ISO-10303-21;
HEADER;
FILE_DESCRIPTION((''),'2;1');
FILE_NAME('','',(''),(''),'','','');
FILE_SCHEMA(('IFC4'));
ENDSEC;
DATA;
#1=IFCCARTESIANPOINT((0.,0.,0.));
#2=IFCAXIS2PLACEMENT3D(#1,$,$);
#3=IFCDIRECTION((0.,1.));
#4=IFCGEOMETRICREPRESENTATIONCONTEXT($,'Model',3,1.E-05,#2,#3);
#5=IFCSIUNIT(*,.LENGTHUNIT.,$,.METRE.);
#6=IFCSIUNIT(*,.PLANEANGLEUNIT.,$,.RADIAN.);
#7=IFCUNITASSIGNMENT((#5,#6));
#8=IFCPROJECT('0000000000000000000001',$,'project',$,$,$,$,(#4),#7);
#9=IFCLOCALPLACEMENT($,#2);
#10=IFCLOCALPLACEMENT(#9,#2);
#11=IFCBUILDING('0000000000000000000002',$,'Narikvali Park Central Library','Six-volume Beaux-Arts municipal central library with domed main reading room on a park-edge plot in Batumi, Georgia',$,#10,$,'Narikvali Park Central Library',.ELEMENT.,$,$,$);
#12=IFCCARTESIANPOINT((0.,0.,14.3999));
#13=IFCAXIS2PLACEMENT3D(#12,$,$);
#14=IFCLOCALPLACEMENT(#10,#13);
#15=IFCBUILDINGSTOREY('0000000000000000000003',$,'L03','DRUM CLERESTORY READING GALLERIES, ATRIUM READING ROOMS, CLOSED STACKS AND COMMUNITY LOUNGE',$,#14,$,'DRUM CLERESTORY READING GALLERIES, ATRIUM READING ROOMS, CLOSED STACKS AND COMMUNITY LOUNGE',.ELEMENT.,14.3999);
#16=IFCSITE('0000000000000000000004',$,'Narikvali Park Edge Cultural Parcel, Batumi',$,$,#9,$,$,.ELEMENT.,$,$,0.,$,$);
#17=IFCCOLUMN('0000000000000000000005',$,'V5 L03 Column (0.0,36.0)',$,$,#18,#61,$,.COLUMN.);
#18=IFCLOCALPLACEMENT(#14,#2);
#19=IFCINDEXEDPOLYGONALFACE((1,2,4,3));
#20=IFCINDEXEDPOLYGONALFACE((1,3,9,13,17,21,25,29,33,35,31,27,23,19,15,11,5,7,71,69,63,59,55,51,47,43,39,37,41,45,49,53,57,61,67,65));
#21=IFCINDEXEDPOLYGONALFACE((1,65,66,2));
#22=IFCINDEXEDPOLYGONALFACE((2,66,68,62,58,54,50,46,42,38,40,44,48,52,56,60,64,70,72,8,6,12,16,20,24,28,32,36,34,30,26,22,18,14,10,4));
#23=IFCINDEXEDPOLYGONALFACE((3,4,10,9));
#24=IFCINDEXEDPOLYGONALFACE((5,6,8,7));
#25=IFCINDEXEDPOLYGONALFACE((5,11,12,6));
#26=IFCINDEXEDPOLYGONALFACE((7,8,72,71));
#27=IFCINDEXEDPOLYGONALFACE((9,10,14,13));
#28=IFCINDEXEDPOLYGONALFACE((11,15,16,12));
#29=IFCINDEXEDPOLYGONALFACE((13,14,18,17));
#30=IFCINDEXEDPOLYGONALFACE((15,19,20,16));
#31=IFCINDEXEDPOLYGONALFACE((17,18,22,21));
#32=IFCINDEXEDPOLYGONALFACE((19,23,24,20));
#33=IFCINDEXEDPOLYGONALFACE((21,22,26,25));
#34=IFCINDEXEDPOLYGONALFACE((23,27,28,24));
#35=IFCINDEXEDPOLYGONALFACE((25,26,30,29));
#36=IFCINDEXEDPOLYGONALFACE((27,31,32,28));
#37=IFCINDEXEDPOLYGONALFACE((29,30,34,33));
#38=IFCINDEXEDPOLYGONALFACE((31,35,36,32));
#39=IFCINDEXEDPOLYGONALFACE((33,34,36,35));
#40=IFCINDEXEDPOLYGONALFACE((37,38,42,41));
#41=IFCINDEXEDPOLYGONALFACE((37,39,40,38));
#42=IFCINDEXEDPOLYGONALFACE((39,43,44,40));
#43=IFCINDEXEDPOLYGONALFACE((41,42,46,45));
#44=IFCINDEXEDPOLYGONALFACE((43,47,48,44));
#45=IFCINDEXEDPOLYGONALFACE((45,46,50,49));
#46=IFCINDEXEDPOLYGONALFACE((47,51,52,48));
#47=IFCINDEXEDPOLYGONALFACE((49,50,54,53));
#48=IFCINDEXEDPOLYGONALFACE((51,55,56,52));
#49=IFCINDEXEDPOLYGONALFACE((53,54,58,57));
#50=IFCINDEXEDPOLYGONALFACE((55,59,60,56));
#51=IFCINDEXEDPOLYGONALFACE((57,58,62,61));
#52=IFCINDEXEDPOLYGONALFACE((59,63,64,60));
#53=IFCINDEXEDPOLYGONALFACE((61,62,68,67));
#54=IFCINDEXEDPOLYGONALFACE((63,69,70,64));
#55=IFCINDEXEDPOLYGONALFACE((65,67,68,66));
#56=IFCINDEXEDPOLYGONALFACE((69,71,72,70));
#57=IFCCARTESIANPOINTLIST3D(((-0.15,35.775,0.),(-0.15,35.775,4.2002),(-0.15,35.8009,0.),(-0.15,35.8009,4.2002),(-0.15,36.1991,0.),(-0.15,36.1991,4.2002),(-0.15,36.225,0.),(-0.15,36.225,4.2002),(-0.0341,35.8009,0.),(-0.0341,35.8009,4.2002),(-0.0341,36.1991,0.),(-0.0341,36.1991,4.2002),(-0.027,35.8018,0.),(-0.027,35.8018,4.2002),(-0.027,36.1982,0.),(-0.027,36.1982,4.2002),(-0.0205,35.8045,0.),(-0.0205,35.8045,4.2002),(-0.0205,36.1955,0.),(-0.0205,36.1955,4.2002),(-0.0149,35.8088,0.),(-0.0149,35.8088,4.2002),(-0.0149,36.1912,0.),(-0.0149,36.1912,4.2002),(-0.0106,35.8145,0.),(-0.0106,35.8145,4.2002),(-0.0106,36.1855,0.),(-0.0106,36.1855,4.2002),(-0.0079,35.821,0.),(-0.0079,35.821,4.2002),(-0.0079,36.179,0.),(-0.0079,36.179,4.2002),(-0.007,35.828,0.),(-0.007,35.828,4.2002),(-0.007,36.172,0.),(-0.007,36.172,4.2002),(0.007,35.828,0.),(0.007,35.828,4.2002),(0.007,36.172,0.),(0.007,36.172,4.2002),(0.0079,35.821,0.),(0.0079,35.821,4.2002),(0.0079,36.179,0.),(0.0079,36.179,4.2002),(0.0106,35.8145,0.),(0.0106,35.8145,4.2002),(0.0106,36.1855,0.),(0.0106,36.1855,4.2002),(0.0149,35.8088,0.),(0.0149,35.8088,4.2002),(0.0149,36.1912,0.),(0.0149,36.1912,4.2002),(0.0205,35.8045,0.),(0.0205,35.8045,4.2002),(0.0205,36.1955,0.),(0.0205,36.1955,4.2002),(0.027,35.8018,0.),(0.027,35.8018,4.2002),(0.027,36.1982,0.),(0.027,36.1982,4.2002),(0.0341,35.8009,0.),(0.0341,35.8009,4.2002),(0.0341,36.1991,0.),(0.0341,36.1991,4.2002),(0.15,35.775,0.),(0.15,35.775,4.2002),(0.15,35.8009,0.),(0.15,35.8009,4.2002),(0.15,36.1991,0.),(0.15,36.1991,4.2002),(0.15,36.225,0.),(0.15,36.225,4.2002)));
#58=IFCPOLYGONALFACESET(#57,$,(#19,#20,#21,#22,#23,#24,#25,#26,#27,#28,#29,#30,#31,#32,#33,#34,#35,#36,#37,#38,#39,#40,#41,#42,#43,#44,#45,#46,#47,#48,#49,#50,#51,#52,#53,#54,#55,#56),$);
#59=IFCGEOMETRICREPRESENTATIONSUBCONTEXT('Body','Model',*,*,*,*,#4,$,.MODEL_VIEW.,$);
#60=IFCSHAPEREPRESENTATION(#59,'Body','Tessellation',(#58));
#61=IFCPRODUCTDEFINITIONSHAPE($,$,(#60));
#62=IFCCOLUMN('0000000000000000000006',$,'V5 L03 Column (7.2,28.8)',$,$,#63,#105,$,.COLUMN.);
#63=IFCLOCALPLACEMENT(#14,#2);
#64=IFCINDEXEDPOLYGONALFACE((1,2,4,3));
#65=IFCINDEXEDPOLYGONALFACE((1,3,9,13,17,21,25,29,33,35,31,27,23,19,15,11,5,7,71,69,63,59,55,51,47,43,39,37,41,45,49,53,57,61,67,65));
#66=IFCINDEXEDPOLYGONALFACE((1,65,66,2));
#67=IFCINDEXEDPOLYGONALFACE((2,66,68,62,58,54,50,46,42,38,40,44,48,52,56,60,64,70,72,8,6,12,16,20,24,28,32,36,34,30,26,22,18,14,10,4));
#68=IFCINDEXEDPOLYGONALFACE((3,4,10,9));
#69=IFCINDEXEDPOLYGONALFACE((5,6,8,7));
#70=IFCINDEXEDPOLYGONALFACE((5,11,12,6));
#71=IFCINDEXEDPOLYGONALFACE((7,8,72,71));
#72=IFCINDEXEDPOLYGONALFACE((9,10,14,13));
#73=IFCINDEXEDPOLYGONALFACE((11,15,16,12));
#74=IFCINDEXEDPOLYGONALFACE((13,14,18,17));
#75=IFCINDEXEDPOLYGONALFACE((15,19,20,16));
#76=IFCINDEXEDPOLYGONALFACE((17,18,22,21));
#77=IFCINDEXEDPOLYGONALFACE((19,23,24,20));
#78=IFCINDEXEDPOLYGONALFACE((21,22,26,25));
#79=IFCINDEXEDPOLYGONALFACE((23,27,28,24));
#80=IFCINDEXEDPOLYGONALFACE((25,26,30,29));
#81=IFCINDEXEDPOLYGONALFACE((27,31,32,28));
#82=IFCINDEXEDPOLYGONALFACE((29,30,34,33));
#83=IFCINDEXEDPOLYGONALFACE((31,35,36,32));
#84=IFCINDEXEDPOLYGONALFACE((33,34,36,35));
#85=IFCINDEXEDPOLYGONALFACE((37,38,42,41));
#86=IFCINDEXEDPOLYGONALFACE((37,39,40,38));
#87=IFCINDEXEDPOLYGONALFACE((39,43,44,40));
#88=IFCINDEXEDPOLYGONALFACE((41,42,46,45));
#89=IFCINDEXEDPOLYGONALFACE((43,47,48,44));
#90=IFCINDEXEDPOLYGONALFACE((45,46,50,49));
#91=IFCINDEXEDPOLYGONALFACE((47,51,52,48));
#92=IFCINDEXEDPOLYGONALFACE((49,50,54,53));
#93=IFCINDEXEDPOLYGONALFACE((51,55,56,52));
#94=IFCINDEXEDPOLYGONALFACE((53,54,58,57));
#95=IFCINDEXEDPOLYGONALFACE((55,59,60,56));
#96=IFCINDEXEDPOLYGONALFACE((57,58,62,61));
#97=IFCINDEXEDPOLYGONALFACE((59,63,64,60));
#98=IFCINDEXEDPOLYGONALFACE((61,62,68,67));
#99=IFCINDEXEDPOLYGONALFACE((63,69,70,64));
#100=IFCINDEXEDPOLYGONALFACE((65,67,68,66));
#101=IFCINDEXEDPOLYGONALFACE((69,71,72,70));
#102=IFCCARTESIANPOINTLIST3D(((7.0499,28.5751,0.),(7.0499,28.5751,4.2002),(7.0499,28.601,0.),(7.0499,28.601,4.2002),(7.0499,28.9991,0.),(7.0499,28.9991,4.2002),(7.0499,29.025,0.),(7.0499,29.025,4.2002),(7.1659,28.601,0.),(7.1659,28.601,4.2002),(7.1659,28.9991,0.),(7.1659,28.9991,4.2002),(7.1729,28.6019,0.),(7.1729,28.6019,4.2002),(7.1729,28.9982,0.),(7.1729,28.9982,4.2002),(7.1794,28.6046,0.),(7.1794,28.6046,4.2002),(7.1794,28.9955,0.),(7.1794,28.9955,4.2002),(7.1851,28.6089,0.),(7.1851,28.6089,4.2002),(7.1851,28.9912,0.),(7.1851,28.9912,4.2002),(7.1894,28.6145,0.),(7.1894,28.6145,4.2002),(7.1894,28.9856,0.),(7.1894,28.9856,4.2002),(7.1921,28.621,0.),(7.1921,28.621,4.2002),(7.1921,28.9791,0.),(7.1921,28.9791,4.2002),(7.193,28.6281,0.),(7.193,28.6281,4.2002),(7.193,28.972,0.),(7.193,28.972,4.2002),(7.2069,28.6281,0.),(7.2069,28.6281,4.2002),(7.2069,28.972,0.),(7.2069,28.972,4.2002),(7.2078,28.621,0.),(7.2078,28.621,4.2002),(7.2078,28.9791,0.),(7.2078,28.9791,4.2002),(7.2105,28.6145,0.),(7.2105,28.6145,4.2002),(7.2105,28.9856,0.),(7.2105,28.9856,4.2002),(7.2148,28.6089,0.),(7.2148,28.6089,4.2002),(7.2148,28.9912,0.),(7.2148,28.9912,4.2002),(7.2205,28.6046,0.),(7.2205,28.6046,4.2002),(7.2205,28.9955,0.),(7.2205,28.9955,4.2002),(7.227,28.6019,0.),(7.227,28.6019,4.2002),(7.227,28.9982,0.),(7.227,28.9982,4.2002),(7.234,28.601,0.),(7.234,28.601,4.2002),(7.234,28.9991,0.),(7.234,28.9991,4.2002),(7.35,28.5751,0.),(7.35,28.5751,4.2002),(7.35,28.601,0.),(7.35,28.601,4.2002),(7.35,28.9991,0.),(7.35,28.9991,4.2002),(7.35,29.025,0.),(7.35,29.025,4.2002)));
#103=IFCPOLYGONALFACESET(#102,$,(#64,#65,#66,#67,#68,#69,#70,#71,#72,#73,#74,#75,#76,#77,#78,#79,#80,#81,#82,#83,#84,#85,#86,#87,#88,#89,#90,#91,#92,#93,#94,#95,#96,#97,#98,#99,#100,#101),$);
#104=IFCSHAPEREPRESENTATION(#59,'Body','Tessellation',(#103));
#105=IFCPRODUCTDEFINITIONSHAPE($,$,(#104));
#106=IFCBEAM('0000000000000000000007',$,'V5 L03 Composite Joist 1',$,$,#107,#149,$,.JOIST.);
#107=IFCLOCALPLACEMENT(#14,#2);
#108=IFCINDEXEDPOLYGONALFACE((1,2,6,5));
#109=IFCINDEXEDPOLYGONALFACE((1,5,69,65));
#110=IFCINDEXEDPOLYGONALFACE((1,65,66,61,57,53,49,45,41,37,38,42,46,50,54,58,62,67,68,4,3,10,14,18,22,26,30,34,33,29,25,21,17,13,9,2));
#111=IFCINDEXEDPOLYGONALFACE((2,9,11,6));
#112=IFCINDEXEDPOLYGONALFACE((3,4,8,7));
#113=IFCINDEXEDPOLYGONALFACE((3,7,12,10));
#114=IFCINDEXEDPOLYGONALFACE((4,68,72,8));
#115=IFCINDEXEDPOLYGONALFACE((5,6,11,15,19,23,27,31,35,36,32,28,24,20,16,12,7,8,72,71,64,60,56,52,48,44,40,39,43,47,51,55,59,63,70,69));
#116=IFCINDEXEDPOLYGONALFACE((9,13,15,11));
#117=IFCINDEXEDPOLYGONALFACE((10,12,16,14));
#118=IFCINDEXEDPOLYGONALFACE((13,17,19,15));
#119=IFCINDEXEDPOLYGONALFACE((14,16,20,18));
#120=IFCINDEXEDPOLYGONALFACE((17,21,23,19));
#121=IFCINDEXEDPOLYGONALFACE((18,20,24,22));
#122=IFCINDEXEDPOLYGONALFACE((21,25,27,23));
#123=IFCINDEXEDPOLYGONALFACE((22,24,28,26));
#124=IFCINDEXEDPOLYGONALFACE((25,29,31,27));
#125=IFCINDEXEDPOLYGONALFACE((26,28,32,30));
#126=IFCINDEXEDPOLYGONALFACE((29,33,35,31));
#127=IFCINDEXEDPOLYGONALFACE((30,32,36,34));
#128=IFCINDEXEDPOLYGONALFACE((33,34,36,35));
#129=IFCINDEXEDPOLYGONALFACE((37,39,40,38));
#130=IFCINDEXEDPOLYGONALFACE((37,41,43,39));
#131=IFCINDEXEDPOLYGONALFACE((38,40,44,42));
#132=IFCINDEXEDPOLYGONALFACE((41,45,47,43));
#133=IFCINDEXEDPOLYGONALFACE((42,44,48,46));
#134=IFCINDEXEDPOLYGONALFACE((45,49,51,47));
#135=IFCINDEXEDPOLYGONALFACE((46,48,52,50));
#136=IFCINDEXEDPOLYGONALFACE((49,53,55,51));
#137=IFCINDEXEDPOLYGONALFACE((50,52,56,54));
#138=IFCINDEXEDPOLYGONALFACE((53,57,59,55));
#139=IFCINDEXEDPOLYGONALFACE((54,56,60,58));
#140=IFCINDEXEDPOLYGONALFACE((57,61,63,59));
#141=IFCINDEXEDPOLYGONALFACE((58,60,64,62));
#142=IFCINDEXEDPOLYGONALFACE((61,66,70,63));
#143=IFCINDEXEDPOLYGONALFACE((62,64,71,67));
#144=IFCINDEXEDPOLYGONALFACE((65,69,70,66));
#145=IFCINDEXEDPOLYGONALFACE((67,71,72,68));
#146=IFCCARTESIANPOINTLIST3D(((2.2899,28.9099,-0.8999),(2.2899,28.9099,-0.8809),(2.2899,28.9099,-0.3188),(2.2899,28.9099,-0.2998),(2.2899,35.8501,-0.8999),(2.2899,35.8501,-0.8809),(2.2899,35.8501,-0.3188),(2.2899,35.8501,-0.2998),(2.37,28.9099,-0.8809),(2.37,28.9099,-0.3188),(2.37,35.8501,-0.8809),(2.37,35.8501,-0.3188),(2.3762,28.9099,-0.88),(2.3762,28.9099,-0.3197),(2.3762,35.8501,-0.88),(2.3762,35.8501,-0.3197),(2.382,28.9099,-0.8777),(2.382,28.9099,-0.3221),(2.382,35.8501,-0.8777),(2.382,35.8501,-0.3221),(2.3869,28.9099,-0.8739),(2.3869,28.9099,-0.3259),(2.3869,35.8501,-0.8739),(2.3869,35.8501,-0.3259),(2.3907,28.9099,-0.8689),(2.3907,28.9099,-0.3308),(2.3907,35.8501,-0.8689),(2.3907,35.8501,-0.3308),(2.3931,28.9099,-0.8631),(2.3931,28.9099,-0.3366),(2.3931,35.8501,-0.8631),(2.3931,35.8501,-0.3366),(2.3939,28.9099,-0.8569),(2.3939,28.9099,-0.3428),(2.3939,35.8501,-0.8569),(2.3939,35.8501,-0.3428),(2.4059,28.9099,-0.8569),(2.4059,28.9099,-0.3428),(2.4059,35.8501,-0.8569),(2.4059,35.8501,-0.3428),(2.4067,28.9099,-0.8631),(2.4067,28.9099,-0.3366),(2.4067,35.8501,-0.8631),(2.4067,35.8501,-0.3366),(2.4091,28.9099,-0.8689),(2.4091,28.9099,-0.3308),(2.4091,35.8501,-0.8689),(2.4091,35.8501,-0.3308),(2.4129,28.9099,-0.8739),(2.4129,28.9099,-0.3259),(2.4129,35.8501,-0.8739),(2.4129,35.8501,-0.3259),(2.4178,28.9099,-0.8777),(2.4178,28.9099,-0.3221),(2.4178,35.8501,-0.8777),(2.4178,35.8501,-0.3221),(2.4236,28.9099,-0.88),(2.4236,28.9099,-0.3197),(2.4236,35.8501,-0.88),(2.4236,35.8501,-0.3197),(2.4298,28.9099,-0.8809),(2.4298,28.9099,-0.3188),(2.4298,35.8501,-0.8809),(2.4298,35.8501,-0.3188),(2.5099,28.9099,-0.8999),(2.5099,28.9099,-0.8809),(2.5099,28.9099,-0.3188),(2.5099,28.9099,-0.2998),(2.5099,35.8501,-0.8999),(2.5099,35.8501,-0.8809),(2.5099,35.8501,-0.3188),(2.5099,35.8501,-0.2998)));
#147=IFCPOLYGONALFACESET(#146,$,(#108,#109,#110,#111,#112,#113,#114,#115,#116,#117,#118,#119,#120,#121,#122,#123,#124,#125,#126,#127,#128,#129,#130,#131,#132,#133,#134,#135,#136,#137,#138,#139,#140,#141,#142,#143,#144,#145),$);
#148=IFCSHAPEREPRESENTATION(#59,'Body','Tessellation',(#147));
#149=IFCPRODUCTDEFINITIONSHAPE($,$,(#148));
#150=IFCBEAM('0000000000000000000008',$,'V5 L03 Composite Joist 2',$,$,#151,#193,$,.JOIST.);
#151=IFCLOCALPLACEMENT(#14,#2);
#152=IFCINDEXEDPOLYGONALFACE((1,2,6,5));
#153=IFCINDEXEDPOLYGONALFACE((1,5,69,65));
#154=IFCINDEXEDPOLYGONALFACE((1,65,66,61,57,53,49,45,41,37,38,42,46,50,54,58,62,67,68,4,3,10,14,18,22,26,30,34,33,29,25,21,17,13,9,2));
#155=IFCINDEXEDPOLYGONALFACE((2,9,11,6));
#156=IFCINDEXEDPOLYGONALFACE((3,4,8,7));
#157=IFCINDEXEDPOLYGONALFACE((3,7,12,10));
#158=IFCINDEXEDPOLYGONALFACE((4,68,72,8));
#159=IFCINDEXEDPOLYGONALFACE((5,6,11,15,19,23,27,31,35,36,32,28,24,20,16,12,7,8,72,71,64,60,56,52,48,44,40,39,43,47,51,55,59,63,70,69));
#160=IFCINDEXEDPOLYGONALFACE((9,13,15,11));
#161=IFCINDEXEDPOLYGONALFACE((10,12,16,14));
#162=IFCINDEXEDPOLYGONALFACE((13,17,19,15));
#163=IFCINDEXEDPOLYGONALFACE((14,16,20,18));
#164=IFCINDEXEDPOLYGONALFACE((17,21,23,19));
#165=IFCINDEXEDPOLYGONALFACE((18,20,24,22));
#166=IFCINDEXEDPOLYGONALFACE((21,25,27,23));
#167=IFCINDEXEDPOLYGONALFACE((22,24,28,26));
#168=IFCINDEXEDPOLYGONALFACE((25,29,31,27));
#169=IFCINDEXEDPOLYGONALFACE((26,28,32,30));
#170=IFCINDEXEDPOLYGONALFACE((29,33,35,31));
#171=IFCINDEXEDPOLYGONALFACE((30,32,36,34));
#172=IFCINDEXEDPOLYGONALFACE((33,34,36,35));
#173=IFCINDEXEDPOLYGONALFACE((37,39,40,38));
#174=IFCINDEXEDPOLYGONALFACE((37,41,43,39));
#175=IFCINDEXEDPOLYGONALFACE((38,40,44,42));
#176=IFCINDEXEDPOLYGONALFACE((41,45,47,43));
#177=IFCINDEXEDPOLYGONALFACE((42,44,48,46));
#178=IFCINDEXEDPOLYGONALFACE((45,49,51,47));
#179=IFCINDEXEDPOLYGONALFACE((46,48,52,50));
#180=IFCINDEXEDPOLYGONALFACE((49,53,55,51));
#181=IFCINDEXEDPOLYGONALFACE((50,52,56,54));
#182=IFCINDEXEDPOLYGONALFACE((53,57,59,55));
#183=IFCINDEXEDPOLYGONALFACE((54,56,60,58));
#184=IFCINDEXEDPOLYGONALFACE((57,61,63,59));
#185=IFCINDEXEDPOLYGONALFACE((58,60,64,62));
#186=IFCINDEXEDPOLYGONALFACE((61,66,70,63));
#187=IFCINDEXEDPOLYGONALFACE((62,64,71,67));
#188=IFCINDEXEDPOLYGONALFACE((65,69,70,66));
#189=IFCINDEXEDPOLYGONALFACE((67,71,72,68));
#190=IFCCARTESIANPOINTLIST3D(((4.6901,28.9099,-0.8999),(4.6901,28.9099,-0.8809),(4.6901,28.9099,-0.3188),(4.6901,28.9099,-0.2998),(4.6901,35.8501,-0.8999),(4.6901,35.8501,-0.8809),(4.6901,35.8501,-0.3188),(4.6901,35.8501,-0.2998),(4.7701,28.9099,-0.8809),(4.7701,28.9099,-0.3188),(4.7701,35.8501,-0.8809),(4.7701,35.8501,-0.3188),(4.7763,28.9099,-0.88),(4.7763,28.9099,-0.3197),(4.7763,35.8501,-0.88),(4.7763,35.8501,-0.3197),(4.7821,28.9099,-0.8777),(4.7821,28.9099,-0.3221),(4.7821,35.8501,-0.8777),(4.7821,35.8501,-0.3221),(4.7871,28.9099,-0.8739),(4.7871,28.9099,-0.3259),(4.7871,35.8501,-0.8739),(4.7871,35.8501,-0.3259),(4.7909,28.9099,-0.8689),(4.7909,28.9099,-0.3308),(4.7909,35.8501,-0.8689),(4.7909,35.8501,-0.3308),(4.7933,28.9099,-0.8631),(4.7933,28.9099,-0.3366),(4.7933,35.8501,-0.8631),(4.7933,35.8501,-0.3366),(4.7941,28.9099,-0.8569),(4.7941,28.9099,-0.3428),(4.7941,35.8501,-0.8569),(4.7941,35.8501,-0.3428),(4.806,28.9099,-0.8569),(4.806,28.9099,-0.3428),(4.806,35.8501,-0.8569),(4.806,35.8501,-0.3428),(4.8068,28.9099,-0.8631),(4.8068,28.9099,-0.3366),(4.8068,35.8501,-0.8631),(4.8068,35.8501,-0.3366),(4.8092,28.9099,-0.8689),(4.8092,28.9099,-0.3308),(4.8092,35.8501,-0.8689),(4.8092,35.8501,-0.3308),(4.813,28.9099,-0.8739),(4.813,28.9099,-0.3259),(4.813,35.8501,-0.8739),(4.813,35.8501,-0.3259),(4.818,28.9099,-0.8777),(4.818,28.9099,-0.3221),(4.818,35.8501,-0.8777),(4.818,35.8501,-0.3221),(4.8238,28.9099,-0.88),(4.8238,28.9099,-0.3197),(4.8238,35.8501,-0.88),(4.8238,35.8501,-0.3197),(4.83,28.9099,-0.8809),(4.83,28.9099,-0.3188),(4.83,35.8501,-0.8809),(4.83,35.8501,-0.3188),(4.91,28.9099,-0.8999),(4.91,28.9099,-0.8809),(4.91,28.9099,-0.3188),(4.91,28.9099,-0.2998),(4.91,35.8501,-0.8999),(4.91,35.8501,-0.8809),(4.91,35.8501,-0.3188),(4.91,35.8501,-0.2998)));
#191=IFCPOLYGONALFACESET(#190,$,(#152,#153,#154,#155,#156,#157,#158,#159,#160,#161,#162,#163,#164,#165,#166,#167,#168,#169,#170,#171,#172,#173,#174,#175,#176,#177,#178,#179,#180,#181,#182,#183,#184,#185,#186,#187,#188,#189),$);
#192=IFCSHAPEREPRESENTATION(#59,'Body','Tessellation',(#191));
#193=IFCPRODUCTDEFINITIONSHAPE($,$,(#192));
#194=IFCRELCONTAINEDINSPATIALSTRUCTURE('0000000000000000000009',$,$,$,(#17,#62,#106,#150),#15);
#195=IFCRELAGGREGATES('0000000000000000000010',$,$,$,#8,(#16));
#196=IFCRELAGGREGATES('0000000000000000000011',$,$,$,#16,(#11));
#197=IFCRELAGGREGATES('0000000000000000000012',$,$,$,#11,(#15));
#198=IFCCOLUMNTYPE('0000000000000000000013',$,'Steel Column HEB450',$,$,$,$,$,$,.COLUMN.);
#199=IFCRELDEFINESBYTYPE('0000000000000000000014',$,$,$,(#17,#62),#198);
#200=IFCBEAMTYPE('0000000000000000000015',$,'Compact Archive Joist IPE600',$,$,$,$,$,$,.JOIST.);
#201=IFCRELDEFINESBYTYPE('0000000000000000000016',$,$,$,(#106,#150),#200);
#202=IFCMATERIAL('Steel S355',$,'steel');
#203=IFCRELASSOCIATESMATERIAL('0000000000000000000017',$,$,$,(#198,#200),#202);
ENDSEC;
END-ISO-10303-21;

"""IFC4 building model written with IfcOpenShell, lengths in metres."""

from ifc_helpers import new_model, si_unit, direction, frame, origin, origin_2d, place, context, subcontext, project, spatial, i_section, extrude, material, material_profile, profile_set, type_object, element, save


model = new_model("IFC4")

# Units and contexts
model_context = context("Model", 3, precision=1e-05, world=origin(), true_north=direction((0.0, 1.0)))
body_context = subcontext(model_context, "Body", "Model", "MODEL_VIEW")
ifc_project = project(units=[si_unit("LENGTHUNIT", "METRE"), si_unit("PLANEANGLEUNIT", "RADIAN")], contexts=[model_context])

# Site, building, storey
site_placement = place(None, origin())
site = spatial("IfcSite", under=ifc_project, at=site_placement, Name="Narikvali Park Edge Cultural Parcel, Batumi", CompositionType="ELEMENT", RefElevation=0.0)
building_placement = place(site_placement, origin())
building = spatial("IfcBuilding", under=site, at=building_placement, Name="Narikvali Park Central Library", Description="Six-volume Beaux-Arts municipal central library with domed main reading room on a park-edge plot in Batumi, Georgia", LongName="Narikvali Park Central Library", CompositionType="ELEMENT")
storey_placement = place(building_placement, frame((0.0, 0.0, 14.3999)))
storey = spatial("IfcBuildingStorey", under=building, at=storey_placement, Name="L03", Description="DRUM CLERESTORY READING GALLERIES, ATRIUM READING ROOMS, CLOSED STACKS AND COMMUNITY LOUNGE", LongName="DRUM CLERESTORY READING GALLERIES, ATRIUM READING ROOMS, CLOSED STACKS AND COMMUNITY LOUNGE", CompositionType="ELEMENT", Elevation=14.3999)

# Columns
ifc_material_1 = material(Name="Steel S355", Category="steel")
ifc_material_profile_1 = material_profile(ifc_material_1, i_section(OverallWidth=0.3, OverallDepth=0.45, WebThickness=0.0139, FlangeThickness=0.0259, FilletRadius=0.0271, at=origin_2d()), Name="HEB 450")
ifc_profile_set_1 = profile_set([ifc_material_profile_1], Name="Steel S355")
column_type = type_object("IfcColumnType", Name="Steel Column HEB450", PredefinedType="COLUMN", material=ifc_profile_set_1)
for number, where, z_axis, x_axis, name in (
    (1, (0.0, 36.0, 0.0), (0.0, 0.0, 1.0), (1.0, 0.0, 0.0), "V5 L03 Column (0.0,36.0)"),
    (2, (7.2, 28.8, 0.0), (0.0, 0.0, 1.0), (1.0, 0.0, 0.0), "V5 L03 Column (7.2,28.8)"),
):
    element("IfcColumn", number, at=place(storey_placement, frame(where, z_axis=z_axis, x_axis=x_axis)), inside=storey, type_object=column_type, Name=name, PredefinedType="COLUMN", context=body_context, shape_type="SweptSolid", body=[
        extrude(i_section(OverallWidth=0.3, OverallDepth=0.45, WebThickness=0.0139, FlangeThickness=0.0259, FilletRadius=0.0271, at=origin_2d()), origin(), (0.0, 0.0, 1.0), 4.2002),
    ])

# Beams
ifc_material_profile_2 = material_profile(ifc_material_1, i_section(OverallWidth=0.22, OverallDepth=0.6001, WebThickness=0.012, FlangeThickness=0.019, FilletRadius=0.0239, at=origin_2d()), Name="IPE 600")
ifc_profile_set_2 = profile_set([ifc_material_profile_2], Name="Steel S355")
beam_type_1 = type_object("IfcBeamType", Name="Compact Archive Joist IPE600", PredefinedType="JOIST", material=ifc_profile_set_2)
for number, where, z_axis, x_axis, name in (
    (3, (2.3999, 28.9099, -0.5999), (0.0, 1.0, 0.0), (-1.0, 0.0, 0.0), "V5 L03 Composite Joist 1"),
    (4, (4.8, 28.9099, -0.5999), (0.0, 1.0, 0.0), (-1.0, 0.0, 0.0), "V5 L03 Composite Joist 2"),
):
    element("IfcBeam", number, at=place(storey_placement, frame(where, z_axis=z_axis, x_axis=x_axis)), inside=storey, type_object=beam_type_1, Name=name, PredefinedType="JOIST", context=body_context, shape_type="SweptSolid", body=[
        extrude(i_section(OverallWidth=0.22, OverallDepth=0.6001, WebThickness=0.012, FlangeThickness=0.019, FilletRadius=0.0239, at=origin_2d()), origin(), (0.0, 0.0, 1.0), 6.9402),
    ])

save(model, "model.ifc")
